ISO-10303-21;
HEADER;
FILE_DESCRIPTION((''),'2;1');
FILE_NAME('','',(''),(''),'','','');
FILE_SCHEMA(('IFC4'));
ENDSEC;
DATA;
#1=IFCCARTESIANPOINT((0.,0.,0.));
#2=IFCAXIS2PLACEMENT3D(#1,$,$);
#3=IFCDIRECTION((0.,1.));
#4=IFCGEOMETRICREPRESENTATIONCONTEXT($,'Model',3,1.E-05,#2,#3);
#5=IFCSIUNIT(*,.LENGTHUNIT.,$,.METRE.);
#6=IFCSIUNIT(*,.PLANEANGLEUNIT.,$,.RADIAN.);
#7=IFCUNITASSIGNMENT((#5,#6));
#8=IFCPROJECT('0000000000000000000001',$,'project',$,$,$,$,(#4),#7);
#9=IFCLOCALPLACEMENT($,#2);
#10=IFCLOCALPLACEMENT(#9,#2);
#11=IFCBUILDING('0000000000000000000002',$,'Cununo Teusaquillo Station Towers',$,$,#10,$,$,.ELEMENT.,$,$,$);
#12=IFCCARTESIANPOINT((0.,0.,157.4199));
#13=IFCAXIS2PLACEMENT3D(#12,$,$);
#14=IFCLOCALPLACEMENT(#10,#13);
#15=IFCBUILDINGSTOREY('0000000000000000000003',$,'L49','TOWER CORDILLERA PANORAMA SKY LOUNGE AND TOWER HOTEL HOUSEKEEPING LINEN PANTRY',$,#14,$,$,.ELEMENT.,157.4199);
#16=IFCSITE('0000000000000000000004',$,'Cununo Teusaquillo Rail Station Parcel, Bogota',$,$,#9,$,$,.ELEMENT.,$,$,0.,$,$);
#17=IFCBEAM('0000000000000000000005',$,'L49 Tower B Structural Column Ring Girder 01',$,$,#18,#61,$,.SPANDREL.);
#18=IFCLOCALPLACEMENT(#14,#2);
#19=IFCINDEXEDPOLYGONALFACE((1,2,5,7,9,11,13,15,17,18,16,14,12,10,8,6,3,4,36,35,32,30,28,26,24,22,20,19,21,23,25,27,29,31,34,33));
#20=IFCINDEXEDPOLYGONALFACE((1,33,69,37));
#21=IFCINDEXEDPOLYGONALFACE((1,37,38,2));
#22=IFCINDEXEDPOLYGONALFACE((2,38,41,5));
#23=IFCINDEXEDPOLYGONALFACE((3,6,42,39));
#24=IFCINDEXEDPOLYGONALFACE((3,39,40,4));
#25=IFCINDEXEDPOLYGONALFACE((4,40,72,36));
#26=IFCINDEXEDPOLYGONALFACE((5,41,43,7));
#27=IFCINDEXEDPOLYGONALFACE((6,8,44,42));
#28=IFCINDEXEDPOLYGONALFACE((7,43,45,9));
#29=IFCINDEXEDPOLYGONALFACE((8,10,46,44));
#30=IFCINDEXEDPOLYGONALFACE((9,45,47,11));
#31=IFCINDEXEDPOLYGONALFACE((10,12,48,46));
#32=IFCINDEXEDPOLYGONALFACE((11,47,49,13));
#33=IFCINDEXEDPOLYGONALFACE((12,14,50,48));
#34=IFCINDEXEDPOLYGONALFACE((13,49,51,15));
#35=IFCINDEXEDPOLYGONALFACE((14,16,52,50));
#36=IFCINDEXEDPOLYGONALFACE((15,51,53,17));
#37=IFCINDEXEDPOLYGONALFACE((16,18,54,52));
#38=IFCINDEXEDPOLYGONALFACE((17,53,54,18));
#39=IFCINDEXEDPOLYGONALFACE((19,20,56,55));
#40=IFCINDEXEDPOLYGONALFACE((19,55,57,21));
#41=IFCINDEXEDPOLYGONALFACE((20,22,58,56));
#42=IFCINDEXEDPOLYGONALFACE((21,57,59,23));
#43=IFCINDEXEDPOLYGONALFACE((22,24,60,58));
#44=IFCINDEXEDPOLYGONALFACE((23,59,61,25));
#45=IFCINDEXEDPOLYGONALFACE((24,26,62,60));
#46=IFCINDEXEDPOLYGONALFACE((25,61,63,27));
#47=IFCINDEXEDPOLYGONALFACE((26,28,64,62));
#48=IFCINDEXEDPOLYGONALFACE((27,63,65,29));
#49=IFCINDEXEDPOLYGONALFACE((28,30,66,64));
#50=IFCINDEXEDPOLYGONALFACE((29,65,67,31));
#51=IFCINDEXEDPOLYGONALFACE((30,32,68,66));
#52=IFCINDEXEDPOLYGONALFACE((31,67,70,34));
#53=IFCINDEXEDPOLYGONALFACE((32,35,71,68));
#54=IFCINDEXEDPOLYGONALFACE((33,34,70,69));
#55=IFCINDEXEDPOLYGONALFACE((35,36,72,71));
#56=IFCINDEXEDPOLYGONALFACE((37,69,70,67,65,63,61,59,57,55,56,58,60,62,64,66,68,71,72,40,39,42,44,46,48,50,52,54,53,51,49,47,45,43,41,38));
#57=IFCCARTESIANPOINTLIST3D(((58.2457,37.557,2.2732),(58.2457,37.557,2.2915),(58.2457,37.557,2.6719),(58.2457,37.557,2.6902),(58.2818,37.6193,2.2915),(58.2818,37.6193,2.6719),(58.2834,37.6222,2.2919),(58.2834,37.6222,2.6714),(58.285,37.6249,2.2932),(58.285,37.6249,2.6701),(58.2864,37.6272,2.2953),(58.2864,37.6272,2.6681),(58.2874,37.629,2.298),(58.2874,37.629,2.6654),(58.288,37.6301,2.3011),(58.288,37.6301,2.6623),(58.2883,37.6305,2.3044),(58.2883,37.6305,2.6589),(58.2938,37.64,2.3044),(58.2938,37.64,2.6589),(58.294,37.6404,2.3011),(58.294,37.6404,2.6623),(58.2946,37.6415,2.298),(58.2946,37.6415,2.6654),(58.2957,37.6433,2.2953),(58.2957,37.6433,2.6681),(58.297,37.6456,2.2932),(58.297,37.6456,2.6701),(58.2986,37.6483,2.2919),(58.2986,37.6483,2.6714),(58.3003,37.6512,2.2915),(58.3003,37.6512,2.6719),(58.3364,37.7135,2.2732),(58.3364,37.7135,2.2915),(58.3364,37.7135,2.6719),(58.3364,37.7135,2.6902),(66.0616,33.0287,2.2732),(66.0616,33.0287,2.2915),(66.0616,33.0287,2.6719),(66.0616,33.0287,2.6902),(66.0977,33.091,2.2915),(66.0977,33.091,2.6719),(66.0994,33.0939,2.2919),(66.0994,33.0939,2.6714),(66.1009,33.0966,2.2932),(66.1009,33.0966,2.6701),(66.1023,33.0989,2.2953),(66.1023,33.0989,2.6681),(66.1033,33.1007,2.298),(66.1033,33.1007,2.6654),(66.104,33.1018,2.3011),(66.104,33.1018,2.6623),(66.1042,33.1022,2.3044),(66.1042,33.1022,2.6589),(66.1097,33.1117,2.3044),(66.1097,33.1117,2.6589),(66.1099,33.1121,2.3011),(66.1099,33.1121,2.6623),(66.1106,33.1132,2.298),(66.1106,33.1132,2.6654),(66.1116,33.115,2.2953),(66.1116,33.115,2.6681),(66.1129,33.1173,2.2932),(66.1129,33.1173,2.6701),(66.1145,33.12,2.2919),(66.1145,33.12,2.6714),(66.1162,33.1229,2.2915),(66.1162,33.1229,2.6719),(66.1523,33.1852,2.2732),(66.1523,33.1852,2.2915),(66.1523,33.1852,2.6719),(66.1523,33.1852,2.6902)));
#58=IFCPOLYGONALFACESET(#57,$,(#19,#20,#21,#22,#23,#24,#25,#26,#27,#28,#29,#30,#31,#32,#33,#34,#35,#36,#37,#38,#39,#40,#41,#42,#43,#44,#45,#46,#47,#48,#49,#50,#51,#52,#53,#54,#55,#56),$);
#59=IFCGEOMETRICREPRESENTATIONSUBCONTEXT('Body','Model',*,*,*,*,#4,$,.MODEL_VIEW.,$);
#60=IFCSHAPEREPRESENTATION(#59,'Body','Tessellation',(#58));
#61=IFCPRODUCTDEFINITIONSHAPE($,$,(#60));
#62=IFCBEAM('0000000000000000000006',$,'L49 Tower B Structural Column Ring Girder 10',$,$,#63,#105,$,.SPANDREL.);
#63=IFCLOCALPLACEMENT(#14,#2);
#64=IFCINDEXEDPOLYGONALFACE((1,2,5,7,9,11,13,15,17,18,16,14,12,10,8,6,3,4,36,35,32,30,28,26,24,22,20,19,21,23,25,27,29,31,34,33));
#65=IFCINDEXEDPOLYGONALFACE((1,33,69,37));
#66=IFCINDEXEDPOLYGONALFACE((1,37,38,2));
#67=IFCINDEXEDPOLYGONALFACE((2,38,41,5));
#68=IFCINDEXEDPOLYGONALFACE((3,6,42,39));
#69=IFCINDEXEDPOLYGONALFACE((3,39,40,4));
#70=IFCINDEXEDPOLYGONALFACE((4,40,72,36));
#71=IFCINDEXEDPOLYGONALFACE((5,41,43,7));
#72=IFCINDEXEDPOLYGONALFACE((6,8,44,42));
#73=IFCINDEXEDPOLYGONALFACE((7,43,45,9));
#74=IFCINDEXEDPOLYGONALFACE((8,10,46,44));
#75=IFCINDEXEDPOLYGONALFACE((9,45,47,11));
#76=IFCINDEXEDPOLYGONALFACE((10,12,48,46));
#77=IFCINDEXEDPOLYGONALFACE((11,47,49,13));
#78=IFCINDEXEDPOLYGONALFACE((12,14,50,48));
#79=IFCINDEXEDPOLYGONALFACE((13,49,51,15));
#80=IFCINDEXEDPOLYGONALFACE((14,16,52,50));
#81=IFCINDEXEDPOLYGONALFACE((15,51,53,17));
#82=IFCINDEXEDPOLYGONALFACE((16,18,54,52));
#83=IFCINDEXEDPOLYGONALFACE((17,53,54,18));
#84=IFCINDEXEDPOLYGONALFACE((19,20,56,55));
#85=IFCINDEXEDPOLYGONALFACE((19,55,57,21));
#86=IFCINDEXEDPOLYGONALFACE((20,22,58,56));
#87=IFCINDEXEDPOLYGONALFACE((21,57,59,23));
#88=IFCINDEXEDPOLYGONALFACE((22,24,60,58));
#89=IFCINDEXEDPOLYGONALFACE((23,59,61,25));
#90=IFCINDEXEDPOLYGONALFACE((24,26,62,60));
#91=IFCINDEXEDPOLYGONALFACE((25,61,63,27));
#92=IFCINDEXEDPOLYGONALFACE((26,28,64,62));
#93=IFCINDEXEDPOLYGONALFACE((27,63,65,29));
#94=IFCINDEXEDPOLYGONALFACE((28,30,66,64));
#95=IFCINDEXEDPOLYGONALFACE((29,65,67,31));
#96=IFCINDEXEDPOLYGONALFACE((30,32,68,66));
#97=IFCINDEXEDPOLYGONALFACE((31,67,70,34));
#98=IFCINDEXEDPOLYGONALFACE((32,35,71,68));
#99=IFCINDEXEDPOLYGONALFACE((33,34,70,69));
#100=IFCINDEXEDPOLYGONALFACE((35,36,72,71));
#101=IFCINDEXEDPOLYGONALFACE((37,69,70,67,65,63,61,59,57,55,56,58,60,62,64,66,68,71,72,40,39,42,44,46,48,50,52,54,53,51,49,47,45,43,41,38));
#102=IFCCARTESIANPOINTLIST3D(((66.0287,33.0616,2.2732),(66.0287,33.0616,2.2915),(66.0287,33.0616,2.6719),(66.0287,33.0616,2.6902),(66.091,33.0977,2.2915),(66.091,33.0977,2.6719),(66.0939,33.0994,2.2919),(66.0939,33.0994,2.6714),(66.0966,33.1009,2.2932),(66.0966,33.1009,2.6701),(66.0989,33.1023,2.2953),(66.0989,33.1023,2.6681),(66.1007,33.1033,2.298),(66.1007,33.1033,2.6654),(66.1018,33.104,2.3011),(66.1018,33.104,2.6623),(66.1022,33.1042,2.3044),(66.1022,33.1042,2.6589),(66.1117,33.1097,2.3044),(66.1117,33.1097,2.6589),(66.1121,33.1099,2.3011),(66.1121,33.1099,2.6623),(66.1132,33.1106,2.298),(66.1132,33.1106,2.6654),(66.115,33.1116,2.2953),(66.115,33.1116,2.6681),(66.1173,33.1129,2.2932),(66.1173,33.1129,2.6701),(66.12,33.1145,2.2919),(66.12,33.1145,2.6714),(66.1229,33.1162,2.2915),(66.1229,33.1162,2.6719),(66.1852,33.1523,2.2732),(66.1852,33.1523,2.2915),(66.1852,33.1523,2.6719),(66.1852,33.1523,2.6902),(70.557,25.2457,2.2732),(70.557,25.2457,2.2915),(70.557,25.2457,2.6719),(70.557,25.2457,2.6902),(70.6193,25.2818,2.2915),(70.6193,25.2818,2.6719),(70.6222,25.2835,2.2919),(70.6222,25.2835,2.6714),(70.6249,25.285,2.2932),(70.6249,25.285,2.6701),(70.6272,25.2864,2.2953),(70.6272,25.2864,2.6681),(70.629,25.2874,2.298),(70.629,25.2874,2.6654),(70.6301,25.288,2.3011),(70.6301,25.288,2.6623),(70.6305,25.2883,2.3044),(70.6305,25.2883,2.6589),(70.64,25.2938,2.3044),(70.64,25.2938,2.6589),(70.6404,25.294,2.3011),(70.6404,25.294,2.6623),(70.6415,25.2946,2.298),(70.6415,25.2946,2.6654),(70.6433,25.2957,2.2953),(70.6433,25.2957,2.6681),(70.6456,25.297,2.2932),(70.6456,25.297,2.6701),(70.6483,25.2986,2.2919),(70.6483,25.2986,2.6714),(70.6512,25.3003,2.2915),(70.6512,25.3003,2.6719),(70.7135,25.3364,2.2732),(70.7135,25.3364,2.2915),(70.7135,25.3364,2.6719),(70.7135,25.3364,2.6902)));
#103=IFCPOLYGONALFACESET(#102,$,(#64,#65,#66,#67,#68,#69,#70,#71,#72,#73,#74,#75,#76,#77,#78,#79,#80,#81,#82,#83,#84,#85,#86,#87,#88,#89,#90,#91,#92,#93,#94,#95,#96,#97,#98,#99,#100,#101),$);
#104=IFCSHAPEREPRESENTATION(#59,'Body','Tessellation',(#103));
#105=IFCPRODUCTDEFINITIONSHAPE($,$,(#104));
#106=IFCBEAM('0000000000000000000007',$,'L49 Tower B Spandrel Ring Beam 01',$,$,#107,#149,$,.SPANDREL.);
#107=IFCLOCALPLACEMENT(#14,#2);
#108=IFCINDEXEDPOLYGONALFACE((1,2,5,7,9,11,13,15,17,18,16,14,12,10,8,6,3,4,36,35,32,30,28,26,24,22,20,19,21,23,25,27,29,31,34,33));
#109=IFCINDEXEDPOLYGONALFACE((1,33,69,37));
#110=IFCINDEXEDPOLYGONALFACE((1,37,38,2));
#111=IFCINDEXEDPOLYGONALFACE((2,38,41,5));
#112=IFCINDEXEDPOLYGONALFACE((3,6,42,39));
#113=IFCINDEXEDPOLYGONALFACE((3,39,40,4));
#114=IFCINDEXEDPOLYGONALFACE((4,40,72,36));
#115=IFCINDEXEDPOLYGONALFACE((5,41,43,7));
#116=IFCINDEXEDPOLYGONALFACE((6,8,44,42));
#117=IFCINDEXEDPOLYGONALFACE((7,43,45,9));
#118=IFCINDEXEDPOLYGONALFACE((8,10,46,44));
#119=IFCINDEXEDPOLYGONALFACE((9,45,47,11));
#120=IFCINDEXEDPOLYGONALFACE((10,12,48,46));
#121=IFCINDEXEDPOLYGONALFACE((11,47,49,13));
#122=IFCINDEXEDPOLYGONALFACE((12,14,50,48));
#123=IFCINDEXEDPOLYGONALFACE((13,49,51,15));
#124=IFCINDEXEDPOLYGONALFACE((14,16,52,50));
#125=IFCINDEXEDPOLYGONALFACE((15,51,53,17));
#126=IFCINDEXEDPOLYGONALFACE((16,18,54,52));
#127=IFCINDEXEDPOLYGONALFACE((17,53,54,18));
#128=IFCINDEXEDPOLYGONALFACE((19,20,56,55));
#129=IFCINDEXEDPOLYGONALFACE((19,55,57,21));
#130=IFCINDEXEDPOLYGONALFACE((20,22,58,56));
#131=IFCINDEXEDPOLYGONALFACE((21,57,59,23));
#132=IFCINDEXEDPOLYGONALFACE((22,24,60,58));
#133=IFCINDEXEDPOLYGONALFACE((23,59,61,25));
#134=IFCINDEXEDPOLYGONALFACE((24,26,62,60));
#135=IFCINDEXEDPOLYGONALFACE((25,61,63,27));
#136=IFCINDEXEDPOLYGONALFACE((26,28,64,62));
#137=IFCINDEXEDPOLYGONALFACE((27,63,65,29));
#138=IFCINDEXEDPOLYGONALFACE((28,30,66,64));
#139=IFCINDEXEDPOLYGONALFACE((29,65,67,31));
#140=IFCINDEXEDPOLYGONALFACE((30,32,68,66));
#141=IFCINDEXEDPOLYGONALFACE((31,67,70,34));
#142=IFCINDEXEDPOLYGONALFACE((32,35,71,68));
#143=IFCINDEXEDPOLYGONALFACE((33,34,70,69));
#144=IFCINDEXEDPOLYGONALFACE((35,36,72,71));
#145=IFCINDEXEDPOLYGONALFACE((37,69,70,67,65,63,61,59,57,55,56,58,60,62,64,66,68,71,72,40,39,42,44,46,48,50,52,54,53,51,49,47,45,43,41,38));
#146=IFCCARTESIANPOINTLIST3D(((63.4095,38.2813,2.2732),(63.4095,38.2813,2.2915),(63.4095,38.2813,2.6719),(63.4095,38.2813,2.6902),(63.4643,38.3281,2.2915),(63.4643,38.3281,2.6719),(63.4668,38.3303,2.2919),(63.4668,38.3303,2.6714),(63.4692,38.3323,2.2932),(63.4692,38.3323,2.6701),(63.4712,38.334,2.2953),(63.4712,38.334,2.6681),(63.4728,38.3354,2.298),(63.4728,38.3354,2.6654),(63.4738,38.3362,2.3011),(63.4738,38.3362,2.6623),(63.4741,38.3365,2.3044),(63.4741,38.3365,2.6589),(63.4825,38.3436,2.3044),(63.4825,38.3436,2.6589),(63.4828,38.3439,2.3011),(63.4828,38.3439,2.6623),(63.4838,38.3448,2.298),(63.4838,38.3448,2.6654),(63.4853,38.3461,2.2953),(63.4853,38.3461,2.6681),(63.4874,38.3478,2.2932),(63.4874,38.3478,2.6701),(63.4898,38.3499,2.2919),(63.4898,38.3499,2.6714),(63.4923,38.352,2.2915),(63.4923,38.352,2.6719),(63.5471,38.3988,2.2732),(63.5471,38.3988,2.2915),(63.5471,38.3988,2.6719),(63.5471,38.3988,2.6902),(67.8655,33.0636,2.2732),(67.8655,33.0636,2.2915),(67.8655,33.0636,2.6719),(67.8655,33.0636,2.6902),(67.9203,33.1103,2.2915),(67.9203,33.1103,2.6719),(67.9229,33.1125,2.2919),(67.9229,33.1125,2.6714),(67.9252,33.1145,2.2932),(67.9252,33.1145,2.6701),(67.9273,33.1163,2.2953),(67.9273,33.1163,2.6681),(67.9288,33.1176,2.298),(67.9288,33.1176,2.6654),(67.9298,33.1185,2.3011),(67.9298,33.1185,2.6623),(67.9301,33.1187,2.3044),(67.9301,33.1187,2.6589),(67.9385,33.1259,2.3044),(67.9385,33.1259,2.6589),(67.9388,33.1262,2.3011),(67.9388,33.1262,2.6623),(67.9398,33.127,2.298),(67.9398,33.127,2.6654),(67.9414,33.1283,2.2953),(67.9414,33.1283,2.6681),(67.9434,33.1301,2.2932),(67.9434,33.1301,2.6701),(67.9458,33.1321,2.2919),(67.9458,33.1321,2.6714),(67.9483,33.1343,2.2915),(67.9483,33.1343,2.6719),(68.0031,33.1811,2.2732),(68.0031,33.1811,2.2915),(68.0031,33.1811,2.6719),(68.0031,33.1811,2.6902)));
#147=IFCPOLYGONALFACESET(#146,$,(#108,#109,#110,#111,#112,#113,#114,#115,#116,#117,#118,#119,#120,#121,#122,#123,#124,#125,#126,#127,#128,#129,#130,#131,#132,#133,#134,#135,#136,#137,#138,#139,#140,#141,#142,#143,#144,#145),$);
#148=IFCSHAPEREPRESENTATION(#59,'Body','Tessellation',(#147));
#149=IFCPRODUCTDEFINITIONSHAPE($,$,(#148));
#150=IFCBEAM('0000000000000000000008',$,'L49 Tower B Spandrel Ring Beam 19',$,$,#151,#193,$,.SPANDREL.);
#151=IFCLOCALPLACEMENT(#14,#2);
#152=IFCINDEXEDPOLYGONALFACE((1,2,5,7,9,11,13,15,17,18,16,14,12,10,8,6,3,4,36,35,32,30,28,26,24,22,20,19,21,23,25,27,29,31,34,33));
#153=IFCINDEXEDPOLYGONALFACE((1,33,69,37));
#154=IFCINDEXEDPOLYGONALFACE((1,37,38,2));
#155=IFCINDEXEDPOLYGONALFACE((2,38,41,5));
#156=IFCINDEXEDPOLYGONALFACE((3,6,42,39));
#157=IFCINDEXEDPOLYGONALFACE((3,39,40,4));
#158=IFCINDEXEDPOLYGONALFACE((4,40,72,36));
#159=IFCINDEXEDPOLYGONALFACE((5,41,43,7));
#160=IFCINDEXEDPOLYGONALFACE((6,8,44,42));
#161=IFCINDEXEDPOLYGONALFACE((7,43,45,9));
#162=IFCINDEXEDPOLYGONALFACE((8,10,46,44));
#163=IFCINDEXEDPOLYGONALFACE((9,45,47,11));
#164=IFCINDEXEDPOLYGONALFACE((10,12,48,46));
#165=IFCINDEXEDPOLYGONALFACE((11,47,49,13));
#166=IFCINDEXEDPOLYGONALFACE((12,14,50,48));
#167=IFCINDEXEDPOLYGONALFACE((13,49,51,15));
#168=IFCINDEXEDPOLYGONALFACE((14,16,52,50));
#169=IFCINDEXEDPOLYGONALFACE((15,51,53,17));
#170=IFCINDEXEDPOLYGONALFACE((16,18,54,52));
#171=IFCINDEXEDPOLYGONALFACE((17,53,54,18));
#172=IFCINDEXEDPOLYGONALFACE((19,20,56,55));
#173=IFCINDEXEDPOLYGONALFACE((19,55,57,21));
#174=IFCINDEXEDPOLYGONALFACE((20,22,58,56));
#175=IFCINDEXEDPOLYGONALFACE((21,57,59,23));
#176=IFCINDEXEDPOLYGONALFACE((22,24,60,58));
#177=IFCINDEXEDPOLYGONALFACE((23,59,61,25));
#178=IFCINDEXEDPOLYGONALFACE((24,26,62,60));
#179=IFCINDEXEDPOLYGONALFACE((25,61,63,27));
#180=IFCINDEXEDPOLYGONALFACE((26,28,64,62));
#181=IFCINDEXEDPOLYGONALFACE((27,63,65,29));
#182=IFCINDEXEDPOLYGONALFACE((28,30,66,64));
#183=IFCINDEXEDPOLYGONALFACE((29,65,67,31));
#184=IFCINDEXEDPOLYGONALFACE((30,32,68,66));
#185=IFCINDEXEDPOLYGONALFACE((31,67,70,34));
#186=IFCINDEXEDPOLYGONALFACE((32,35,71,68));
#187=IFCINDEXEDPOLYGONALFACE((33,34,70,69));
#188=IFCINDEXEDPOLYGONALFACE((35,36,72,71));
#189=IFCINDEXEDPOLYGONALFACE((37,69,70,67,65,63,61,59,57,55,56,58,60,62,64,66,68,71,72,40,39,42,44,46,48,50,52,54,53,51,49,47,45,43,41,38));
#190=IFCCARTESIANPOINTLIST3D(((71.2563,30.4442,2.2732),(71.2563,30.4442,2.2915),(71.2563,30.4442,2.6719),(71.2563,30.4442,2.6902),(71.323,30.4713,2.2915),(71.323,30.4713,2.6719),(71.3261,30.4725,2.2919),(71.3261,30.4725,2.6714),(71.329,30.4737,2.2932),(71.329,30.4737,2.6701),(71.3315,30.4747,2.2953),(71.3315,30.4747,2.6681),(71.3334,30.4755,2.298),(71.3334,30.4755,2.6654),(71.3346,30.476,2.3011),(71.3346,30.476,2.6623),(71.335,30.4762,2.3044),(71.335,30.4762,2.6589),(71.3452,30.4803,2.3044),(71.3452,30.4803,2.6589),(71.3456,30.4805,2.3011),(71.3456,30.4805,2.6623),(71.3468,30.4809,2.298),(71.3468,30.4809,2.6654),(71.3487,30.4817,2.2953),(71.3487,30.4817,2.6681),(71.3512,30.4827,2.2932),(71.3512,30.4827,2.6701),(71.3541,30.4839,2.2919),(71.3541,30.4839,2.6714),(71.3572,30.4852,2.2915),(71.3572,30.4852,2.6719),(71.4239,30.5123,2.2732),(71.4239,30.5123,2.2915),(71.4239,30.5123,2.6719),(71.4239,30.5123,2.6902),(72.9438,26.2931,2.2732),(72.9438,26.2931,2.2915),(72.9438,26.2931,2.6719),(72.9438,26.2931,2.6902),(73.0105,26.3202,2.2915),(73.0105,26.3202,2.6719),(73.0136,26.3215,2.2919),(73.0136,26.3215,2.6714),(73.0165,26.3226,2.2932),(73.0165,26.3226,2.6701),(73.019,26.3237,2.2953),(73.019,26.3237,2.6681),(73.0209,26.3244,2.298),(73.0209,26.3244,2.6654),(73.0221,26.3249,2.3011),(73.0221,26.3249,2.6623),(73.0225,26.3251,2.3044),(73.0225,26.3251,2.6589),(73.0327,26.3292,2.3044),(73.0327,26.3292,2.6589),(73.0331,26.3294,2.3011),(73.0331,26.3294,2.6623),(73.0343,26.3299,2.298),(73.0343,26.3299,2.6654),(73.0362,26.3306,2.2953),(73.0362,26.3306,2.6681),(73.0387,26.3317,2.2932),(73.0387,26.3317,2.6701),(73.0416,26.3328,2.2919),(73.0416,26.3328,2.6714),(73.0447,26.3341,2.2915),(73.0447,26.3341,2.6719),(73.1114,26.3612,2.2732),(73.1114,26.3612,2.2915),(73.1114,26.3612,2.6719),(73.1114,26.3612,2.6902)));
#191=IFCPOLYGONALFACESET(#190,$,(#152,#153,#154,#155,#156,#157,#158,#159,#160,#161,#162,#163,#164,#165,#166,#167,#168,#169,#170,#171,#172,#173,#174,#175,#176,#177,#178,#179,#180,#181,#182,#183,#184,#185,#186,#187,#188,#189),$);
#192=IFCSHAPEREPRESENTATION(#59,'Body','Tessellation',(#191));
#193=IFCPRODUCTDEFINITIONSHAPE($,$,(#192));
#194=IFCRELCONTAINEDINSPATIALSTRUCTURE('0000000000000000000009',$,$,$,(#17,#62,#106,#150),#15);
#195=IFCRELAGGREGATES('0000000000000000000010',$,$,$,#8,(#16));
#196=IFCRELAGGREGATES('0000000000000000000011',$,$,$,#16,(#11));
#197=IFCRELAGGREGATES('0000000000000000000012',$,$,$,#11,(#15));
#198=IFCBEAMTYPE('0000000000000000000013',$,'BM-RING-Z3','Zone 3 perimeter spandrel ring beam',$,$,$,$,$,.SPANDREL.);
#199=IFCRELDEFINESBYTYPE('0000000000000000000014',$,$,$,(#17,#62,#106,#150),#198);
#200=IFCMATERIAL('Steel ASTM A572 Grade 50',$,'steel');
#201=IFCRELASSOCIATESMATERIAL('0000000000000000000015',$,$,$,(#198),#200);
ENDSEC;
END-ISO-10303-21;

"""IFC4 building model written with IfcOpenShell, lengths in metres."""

from ifc_helpers import new_model, si_unit, direction, frame, origin, origin_2d, place, context, subcontext, project, spatial, i_section, extrude, material, material_profile, profile_set, type_object, element, save


model = new_model("IFC4")

# Units and contexts
model_context = context("Model", 3, precision=1e-05, world=origin(), true_north=direction((0.0, 1.0)))
body_context = subcontext(model_context, "Body", "Model", "MODEL_VIEW")
ifc_project = project(units=[si_unit("LENGTHUNIT", "METRE"), si_unit("PLANEANGLEUNIT", "RADIAN")], contexts=[model_context])

# Site, building, storey
site_placement = place(None, origin())
site = spatial("IfcSite", under=ifc_project, at=site_placement, Name="Cununo Teusaquillo Rail Station Parcel, Bogota", CompositionType="ELEMENT", RefElevation=0.0)
building_placement = place(site_placement, origin())
building = spatial("IfcBuilding", under=site, at=building_placement, Name="Cununo Teusaquillo Station Towers", CompositionType="ELEMENT")
storey_placement = place(building_placement, frame((0.0, 0.0, 157.4199)))
storey = spatial("IfcBuildingStorey", under=building, at=storey_placement, Name="L49", Description="TOWER CORDILLERA PANORAMA SKY LOUNGE AND TOWER HOTEL HOUSEKEEPING LINEN PANTRY", CompositionType="ELEMENT", Elevation=157.4199)

# Beams
ifc_material_1 = material(Name="Steel ASTM A572 Grade 50", Category="steel")
ifc_material_profile_1 = material_profile(ifc_material_1, i_section(OverallWidth=0.1809, OverallDepth=0.417, WebThickness=0.011, FlangeThickness=0.0183, FilletRadius=0.0129, at=origin_2d()), Name="W16X57")
ifc_profile_set_1 = profile_set([ifc_material_profile_1], Name="Steel ASTM A572 Grade 50")
beam_type_1 = type_object("IfcBeamType", Name="BM-RING-Z3", Description="Zone 3 perimeter spandrel ring beam", PredefinedType="SPANDREL", material=ifc_profile_set_1)
for number, where, z_axis, x_axis, name in (
    (1, (66.1069, 33.1069, 2.4817), (-0.865267, 0.501311, 0.0), (-0.501311, -0.865267, 0.0), "L49 Tower B Structural Column Ring Girder 01"),
    (2, (70.6353, 25.291, 2.4817), (-0.501311, 0.865267, 0.0), (-0.865267, -0.501311, 0.0), "L49 Tower B Structural Column Ring Girder 10"),
):
    element("IfcBeam", number, at=place(storey_placement, frame(where, z_axis=z_axis, x_axis=x_axis)), inside=storey, type_object=beam_type_1, Name=name, PredefinedType="SPANDREL", context=body_context, shape_type="SweptSolid", body=[
        extrude(i_section(OverallWidth=0.1809, OverallDepth=0.417, WebThickness=0.011, FlangeThickness=0.0183, FilletRadius=0.0129, at=origin_2d()), origin(), (0.0, 0.0, 1.0), 9.033),
    ])
beam_1_placement = place(storey_placement, frame((67.9343, 33.1223, 2.4817), z_axis=(-0.649419, 0.760431, 0.0), x_axis=(-0.760431, -0.649419, 0.0)))
element("IfcBeam", 3, at=beam_1_placement, inside=storey, type_object=beam_type_1, Name="L49 Tower B Spandrel Ring Beam 01", PredefinedType="SPANDREL", context=body_context, shape_type="SweptSolid", body=[
    extrude(i_section(OverallWidth=0.1809, OverallDepth=0.417, WebThickness=0.011, FlangeThickness=0.0183, FilletRadius=0.0129, at=origin_2d()), origin(), (0.0, 0.0, 1.0), 6.8616),
])
beam_2_placement = place(storey_placement, frame((73.0276, 26.3271, 2.4817), z_axis=(-0.376589, 0.92638, 0.0), x_axis=(-0.92638, -0.376589, 0.0)))
element("IfcBeam", 4, at=beam_2_placement, inside=storey, type_object=beam_type_1, Name="L49 Tower B Spandrel Ring Beam 19", PredefinedType="SPANDREL", context=body_context, shape_type="SweptSolid", body=[
    extrude(i_section(OverallWidth=0.1809, OverallDepth=0.417, WebThickness=0.011, FlangeThickness=0.0183, FilletRadius=0.0129, at=origin_2d()), origin(), (0.0, 0.0, 1.0), 4.481),
])

save(model, "model.ifc")
